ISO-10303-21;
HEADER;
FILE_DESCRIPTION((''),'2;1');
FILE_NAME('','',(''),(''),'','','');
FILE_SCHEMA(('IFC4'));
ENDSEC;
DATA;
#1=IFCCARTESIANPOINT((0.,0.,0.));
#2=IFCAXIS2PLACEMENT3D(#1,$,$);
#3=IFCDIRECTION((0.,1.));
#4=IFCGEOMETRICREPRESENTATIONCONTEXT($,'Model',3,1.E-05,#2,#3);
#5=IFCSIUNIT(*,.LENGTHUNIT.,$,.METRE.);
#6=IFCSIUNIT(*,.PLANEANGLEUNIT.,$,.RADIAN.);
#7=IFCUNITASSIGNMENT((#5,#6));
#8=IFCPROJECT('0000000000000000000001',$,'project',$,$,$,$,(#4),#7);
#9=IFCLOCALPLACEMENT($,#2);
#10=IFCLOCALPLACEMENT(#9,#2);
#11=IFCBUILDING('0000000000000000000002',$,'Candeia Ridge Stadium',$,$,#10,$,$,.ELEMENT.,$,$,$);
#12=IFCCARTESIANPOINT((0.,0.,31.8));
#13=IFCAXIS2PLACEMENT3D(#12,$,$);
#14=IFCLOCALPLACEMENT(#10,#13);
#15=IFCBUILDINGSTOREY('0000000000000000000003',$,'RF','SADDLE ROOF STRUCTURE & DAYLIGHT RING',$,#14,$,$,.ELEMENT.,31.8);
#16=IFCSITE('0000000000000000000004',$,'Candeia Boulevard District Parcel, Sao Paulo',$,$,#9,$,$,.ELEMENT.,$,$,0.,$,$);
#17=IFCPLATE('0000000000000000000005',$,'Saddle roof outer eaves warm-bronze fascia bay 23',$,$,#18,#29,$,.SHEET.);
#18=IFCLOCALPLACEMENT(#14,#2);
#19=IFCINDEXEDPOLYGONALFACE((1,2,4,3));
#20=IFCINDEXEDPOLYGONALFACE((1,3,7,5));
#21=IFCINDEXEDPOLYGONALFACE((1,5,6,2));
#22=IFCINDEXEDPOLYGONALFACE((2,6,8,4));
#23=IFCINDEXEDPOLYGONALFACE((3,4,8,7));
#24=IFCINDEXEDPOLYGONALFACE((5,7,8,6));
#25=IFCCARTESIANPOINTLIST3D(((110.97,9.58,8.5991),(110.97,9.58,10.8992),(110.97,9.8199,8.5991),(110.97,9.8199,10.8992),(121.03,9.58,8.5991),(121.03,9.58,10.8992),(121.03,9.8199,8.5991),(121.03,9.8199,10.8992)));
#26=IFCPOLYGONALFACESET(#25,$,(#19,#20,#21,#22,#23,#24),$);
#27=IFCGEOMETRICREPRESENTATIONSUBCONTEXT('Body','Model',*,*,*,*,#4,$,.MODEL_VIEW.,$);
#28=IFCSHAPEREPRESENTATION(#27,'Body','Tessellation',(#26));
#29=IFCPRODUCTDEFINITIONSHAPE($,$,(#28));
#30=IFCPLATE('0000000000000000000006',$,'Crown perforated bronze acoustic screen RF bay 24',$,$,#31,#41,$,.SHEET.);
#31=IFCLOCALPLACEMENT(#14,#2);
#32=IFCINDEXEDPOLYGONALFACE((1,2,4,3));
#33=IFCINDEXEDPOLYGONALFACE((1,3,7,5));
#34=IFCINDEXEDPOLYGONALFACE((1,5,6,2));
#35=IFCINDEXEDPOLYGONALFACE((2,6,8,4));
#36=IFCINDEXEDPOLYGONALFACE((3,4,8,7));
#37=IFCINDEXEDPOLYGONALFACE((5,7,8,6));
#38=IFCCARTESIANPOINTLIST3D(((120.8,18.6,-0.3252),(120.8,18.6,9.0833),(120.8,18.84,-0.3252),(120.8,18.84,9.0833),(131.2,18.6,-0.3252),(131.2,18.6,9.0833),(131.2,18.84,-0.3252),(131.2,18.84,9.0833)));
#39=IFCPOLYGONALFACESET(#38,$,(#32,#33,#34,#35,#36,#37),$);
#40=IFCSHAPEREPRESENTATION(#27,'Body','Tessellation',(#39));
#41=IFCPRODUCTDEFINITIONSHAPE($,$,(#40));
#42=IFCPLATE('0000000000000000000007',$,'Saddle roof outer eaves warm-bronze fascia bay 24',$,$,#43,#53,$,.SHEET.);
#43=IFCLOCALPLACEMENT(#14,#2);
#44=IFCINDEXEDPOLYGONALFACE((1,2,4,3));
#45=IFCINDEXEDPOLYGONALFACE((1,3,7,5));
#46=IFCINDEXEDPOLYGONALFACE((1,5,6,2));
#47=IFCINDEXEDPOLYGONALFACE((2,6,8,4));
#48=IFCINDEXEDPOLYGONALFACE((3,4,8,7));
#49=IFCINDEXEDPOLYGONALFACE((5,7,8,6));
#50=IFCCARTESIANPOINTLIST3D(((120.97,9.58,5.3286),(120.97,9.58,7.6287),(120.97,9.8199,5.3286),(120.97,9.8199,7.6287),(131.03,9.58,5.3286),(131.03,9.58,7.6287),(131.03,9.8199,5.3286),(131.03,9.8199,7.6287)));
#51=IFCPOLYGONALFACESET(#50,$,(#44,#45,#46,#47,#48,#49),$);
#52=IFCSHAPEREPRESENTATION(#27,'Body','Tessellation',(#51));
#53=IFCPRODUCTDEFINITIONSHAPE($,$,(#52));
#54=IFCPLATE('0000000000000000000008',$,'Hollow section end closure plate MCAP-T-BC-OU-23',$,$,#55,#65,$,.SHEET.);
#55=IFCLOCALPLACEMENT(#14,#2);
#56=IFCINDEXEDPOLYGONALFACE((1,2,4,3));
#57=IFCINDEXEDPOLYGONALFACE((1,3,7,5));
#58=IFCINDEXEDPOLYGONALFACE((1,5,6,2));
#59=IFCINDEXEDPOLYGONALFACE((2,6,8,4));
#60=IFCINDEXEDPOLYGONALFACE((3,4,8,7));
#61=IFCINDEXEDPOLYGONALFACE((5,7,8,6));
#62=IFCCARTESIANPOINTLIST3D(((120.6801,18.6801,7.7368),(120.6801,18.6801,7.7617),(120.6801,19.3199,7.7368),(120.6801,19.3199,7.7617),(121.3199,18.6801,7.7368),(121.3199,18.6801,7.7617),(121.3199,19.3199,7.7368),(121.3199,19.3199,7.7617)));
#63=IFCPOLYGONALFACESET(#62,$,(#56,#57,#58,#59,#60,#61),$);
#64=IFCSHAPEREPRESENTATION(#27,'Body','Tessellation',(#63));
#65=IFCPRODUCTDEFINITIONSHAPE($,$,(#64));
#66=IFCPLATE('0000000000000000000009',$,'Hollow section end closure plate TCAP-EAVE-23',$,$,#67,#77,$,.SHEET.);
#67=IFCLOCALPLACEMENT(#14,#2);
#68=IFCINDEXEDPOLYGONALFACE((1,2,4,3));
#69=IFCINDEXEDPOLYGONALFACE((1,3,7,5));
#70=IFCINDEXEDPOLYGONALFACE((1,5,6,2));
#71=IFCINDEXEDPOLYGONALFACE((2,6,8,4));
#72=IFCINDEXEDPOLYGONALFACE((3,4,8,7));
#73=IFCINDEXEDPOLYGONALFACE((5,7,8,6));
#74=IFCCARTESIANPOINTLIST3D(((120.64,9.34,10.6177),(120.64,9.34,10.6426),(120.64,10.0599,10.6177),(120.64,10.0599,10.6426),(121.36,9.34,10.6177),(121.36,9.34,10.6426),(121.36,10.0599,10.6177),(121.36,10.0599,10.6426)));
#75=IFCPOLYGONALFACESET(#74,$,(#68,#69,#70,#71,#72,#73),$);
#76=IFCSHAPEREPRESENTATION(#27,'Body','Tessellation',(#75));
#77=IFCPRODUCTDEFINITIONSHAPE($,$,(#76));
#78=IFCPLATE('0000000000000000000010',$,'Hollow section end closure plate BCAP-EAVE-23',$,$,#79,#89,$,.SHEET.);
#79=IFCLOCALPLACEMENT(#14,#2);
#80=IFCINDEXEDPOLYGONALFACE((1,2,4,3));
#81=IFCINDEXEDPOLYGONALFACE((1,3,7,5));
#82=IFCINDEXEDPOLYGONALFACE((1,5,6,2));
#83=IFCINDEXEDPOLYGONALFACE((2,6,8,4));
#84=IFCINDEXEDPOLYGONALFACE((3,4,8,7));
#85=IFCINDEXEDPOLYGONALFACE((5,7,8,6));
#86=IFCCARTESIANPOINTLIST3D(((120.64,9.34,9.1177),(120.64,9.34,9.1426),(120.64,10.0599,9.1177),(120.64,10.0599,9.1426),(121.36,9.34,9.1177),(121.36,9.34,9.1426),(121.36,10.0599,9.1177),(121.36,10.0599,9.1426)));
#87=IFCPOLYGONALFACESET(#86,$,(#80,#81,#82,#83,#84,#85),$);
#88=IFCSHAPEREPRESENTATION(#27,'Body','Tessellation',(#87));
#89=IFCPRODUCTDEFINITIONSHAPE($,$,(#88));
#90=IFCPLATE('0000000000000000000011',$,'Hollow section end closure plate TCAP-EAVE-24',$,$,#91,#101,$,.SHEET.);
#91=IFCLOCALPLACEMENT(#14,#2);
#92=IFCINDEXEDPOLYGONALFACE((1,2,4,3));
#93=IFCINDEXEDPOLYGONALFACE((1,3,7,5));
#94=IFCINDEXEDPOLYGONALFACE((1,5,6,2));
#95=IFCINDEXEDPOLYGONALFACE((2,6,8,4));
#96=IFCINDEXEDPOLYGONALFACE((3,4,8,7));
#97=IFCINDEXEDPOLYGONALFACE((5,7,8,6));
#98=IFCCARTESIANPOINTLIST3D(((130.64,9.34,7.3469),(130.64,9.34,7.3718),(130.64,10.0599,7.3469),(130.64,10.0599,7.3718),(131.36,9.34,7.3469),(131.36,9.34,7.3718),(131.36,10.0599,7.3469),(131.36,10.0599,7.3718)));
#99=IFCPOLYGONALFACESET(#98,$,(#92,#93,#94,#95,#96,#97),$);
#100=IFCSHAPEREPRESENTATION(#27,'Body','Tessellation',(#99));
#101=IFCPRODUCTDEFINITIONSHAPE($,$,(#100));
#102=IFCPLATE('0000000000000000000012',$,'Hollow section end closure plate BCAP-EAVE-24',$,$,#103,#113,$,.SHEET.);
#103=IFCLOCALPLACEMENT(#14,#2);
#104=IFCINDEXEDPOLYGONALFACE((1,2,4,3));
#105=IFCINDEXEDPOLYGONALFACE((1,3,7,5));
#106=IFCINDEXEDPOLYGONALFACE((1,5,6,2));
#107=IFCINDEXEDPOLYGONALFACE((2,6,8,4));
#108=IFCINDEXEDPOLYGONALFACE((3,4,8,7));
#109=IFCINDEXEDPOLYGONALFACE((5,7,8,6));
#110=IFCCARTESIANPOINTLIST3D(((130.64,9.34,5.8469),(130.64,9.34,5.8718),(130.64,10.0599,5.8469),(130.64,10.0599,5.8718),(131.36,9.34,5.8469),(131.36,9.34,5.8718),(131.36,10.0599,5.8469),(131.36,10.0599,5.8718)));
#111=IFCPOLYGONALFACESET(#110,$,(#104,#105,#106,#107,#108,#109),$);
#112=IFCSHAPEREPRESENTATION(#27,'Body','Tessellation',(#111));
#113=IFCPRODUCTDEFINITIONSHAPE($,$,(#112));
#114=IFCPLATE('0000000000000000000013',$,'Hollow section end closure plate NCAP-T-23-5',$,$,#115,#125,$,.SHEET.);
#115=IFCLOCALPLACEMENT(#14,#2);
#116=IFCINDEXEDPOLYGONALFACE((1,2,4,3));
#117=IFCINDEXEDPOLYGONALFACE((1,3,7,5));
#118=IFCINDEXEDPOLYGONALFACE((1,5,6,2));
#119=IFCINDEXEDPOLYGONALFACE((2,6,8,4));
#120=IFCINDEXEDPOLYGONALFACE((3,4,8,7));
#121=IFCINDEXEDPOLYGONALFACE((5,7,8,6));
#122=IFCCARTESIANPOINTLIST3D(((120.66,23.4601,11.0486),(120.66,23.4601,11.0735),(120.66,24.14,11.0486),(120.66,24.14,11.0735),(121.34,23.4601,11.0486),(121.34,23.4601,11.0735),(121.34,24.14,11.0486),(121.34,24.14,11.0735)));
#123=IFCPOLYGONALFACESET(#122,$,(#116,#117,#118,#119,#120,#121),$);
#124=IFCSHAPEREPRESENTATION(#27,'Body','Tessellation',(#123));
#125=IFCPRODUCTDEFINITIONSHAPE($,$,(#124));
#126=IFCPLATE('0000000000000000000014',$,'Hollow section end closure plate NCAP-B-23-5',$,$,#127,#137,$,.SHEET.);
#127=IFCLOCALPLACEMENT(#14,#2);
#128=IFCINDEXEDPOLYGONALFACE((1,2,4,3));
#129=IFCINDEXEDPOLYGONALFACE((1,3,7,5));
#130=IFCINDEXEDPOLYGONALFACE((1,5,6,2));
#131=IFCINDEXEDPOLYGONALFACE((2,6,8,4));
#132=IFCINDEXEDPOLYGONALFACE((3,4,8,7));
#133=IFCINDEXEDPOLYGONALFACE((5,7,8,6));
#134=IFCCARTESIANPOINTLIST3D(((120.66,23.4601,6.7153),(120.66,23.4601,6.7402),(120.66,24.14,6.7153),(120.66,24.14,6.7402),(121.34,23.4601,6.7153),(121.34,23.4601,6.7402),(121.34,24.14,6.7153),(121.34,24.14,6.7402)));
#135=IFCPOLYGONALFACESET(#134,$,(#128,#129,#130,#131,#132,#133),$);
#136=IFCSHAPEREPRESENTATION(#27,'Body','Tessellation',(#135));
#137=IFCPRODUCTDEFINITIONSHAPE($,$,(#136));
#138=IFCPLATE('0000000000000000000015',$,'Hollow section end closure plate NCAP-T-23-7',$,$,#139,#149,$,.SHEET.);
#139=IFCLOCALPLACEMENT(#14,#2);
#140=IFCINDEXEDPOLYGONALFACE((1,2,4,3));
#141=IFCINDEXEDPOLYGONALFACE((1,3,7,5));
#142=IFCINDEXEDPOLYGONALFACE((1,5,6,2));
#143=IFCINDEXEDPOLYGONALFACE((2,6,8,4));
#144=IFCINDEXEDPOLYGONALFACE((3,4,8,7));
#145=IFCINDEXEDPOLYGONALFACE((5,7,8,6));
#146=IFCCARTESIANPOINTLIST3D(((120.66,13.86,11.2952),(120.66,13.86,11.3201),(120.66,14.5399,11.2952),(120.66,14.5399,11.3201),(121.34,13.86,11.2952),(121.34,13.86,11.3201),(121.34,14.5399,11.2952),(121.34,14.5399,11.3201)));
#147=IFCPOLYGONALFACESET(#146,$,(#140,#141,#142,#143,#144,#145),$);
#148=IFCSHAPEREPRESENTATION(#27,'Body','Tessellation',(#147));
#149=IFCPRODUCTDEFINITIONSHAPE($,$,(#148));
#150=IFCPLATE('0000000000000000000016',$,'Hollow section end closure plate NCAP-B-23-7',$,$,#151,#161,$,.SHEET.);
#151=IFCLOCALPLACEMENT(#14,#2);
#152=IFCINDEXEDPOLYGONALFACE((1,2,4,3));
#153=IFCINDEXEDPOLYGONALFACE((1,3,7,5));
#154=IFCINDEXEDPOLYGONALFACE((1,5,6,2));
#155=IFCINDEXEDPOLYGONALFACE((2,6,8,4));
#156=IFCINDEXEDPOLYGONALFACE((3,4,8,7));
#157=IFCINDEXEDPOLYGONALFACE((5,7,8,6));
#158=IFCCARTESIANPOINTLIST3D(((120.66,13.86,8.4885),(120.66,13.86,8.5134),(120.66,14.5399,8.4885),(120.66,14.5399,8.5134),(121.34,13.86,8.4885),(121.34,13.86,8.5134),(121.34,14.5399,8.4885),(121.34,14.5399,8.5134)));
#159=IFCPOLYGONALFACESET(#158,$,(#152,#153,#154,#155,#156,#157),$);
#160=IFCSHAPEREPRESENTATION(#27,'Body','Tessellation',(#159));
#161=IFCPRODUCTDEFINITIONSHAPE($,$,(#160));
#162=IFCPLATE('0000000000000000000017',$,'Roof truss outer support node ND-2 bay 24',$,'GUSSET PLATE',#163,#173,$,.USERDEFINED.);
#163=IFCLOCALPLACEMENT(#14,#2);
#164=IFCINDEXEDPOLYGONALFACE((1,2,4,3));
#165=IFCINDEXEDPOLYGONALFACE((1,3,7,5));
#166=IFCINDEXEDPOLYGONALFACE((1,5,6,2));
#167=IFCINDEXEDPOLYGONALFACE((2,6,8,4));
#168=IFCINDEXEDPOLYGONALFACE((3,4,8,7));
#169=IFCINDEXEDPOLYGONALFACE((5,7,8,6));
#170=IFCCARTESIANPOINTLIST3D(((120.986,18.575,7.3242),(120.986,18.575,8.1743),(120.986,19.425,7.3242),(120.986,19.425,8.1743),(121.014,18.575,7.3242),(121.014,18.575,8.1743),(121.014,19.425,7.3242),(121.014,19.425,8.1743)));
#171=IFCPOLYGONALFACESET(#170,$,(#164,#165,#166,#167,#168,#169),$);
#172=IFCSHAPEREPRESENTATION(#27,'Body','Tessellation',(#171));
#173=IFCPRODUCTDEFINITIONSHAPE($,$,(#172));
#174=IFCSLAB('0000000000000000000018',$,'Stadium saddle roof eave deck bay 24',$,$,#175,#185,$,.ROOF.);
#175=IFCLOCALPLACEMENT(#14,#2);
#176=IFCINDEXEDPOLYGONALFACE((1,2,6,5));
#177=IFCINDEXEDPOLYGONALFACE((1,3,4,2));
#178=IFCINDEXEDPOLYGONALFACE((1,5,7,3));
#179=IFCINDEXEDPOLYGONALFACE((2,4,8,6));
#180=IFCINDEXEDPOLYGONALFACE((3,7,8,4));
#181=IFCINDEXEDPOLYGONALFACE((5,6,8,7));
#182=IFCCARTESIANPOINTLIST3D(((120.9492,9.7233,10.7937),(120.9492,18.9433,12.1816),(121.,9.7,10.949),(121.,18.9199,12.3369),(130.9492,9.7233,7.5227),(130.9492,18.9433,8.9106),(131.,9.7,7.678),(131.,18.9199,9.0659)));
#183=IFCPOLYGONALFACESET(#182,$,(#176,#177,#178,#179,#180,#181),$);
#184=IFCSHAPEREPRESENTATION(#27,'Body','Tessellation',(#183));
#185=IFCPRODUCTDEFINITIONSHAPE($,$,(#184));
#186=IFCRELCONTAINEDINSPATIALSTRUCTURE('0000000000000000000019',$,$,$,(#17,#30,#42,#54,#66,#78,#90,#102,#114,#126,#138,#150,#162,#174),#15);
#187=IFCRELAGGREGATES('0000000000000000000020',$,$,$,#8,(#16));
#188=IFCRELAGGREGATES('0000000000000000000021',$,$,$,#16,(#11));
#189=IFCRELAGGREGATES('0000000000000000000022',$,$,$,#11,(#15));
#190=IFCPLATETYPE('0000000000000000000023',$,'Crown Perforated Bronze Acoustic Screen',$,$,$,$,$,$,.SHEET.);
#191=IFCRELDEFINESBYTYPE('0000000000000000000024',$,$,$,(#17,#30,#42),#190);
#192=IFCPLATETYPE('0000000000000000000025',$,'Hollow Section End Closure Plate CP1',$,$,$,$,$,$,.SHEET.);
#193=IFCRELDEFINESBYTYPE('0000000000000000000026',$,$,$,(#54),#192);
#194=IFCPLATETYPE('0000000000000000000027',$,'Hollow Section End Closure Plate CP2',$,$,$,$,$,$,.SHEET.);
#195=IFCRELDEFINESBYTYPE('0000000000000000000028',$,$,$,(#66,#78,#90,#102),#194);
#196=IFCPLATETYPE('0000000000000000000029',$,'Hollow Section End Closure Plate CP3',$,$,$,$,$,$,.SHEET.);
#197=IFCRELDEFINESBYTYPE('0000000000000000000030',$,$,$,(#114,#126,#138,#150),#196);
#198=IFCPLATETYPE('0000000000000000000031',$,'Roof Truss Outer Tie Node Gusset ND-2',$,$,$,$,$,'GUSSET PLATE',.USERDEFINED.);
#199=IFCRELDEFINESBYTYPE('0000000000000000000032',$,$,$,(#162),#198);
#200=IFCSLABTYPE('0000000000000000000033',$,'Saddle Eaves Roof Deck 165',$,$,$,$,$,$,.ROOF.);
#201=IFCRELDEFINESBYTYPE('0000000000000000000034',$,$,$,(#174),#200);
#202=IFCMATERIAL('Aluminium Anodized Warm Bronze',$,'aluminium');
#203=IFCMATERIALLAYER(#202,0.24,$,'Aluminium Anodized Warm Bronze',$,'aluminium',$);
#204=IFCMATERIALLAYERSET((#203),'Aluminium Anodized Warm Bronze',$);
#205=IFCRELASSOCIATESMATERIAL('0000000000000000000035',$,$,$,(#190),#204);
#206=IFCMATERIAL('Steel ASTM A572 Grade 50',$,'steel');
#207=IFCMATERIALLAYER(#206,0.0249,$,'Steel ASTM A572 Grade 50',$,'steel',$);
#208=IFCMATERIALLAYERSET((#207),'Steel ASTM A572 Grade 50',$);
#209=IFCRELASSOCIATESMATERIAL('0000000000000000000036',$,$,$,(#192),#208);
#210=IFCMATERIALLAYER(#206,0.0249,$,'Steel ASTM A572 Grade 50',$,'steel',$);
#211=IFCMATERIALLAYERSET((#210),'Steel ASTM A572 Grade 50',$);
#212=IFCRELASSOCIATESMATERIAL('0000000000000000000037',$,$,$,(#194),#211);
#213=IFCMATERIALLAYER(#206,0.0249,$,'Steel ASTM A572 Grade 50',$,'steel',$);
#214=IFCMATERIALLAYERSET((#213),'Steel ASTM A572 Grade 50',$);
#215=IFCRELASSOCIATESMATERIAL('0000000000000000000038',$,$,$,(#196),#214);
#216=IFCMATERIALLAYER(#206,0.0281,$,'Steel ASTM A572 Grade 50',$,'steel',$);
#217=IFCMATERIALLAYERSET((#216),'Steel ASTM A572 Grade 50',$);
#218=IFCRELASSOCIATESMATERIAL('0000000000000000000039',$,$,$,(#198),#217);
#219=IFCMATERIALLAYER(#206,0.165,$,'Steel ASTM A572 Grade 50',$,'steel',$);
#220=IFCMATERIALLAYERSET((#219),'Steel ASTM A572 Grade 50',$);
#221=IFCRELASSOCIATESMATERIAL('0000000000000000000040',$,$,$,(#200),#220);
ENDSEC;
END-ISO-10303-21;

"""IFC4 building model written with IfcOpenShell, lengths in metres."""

from ifc_helpers import new_model, si_unit, direction, frame, origin, origin_2d, place, context, subcontext, project, spatial, polyline, rectangle, outline, extrude, material, layer, layer_set, type_object, element, save


model = new_model("IFC4")

# Units and contexts
model_context = context("Model", 3, precision=1e-05, world=origin(), true_north=direction((0.0, 1.0)))
body_context = subcontext(model_context, "Body", "Model", "MODEL_VIEW")
ifc_project = project(units=[si_unit("LENGTHUNIT", "METRE"), si_unit("PLANEANGLEUNIT", "RADIAN")], contexts=[model_context])

# Site, building, storey
site_placement = place(None, origin())
site = spatial("IfcSite", under=ifc_project, at=site_placement, Name="Candeia Boulevard District Parcel, Sao Paulo", CompositionType="ELEMENT", RefElevation=0.0)
building_placement = place(site_placement, origin())
building = spatial("IfcBuilding", under=site, at=building_placement, Name="Candeia Ridge Stadium", CompositionType="ELEMENT")
storey_placement = place(building_placement, frame((0.0, 0.0, 31.8)))
storey = spatial("IfcBuildingStorey", under=building, at=storey_placement, Name="RF", Description="SADDLE ROOF STRUCTURE & DAYLIGHT RING", CompositionType="ELEMENT", Elevation=31.8)

# Shared definitions
ifc_material_1 = material(Name="Steel ASTM A572 Grade 50", Category="steel")

# Plates
ifc_material_2 = material(Name="Aluminium Anodized Warm Bronze", Category="aluminium")
ifc_layer_1 = layer(ifc_material_2, 0.24, Name="Aluminium Anodized Warm Bronze", Category="aluminium")
ifc_layer_set_1 = layer_set([ifc_layer_1], Name="Aluminium Anodized Warm Bronze")
plate_type_1 = type_object("IfcPlateType", Name="Crown Perforated Bronze Acoustic Screen", PredefinedType="SHEET", material=ifc_layer_set_1)
plate_1_placement = place(storey_placement, frame((116.0, 9.7, 8.5991), z_axis=(0.0, 0.0, 1.0), x_axis=(1.0, 0.0, 0.0)))
element("IfcPlate", 1, at=plate_1_placement, inside=storey, type_object=plate_type_1, Name="Saddle roof outer eaves warm-bronze fascia bay 23", PredefinedType="SHEET", context=body_context, shape_type="SweptSolid", body=[
    extrude(rectangle(XDim=10.0601, YDim=0.24, at=origin_2d()), origin(), (0.0, 0.0, 1.0), 2.3),
])
plate_2_placement = place(storey_placement, frame((126.0, 18.72, -0.3252), z_axis=(0.0, 0.0, 1.0), x_axis=(1.0, 0.0, 0.0)))
element("IfcPlate", 2, at=plate_2_placement, inside=storey, type_object=plate_type_1, Name="Crown perforated bronze acoustic screen RF bay 24", PredefinedType="SHEET", context=body_context, shape_type="SweptSolid", body=[
    extrude(rectangle(XDim=10.3999, YDim=0.24, at=origin_2d()), origin(), (0.0, 0.0, 1.0), 9.4084),
])
plate_3_placement = place(storey_placement, frame((126.0, 9.7, 5.3286), z_axis=(0.0, 0.0, 1.0), x_axis=(1.0, 0.0, 0.0)))
element("IfcPlate", 3, at=plate_3_placement, inside=storey, type_object=plate_type_1, Name="Saddle roof outer eaves warm-bronze fascia bay 24", PredefinedType="SHEET", context=body_context, shape_type="SweptSolid", body=[
    extrude(rectangle(XDim=10.0601, YDim=0.24, at=origin_2d()), origin(), (0.0, 0.0, 1.0), 2.3),
])
ifc_layer_2 = layer(ifc_material_1, 0.0249, Name="Steel ASTM A572 Grade 50", Category="steel")
ifc_layer_set_2 = layer_set([ifc_layer_2], Name="Steel ASTM A572 Grade 50")
plate_type_2 = type_object("IfcPlateType", Name="Hollow Section End Closure Plate CP1", PredefinedType="SHEET", material=ifc_layer_set_2)
plate_4_placement = place(storey_placement, frame((121.0, 19.0, 7.7368), z_axis=(0.0, 0.0, 1.0), x_axis=(1.0, 0.0, 0.0)))
element("IfcPlate", 4, at=plate_4_placement, inside=storey, type_object=plate_type_2, Name="Hollow section end closure plate MCAP-T-BC-OU-23", PredefinedType="SHEET", context=body_context, shape_type="SweptSolid", body=[
    extrude(rectangle(XDim=0.6399, YDim=0.6399, at=origin_2d()), origin(), (0.0, 0.0, 1.0), 0.0249),
])
ifc_layer_3 = layer(ifc_material_1, 0.0249, Name="Steel ASTM A572 Grade 50", Category="steel")
ifc_layer_set_3 = layer_set([ifc_layer_3], Name="Steel ASTM A572 Grade 50")
plate_type_3 = type_object("IfcPlateType", Name="Hollow Section End Closure Plate CP2", PredefinedType="SHEET", material=ifc_layer_set_3)
for number, where, z_axis, x_axis, name in (
    (5, (121.0, 9.7, 10.6177), (0.0, 0.0, 1.0), (1.0, 0.0, 0.0), "Hollow section end closure plate TCAP-EAVE-23"),
    (6, (121.0, 9.7, 9.1177), (0.0, 0.0, 1.0), (1.0, 0.0, 0.0), "Hollow section end closure plate BCAP-EAVE-23"),
    (7, (131.0, 9.7, 7.3469), (0.0, 0.0, 1.0), (1.0, 0.0, 0.0), "Hollow section end closure plate TCAP-EAVE-24"),
    (8, (131.0, 9.7, 5.8469), (0.0, 0.0, 1.0), (1.0, 0.0, 0.0), "Hollow section end closure plate BCAP-EAVE-24"),
):
    element("IfcPlate", number, at=place(storey_placement, frame(where, z_axis=z_axis, x_axis=x_axis)), inside=storey, type_object=plate_type_3, Name=name, PredefinedType="SHEET", context=body_context, shape_type="SweptSolid", body=[
        extrude(rectangle(XDim=0.72, YDim=0.72, at=origin_2d()), origin(), (0.0, 0.0, 1.0), 0.0249),
    ])
ifc_layer_4 = layer(ifc_material_1, 0.0249, Name="Steel ASTM A572 Grade 50", Category="steel")
ifc_layer_set_4 = layer_set([ifc_layer_4], Name="Steel ASTM A572 Grade 50")
plate_type_4 = type_object("IfcPlateType", Name="Hollow Section End Closure Plate CP3", PredefinedType="SHEET", material=ifc_layer_set_4)
for number, where, z_axis, x_axis, name in (
    (9, (121.0, 23.8, 11.0486), (0.0, 0.0, 1.0), (1.0, 0.0, 0.0), "Hollow section end closure plate NCAP-T-23-5"),
    (10, (121.0, 23.8, 6.7153), (0.0, 0.0, 1.0), (1.0, 0.0, 0.0), "Hollow section end closure plate NCAP-B-23-5"),
    (11, (121.0, 14.2, 11.2952), (0.0, 0.0, 1.0), (1.0, 0.0, 0.0), "Hollow section end closure plate NCAP-T-23-7"),
    (12, (121.0, 14.2, 8.4885), (0.0, 0.0, 1.0), (1.0, 0.0, 0.0), "Hollow section end closure plate NCAP-B-23-7"),
):
    element("IfcPlate", number, at=place(storey_placement, frame(where, z_axis=z_axis, x_axis=x_axis)), inside=storey, type_object=plate_type_4, Name=name, PredefinedType="SHEET", context=body_context, shape_type="SweptSolid", body=[
        extrude(rectangle(XDim=0.6799, YDim=0.6799, at=origin_2d()), origin(), (0.0, 0.0, 1.0), 0.0249),
    ])
ifc_layer_5 = layer(ifc_material_1, 0.0281, Name="Steel ASTM A572 Grade 50", Category="steel")
ifc_layer_set_5 = layer_set([ifc_layer_5], Name="Steel ASTM A572 Grade 50")
plate_type_5 = type_object("IfcPlateType", Name="Roof Truss Outer Tie Node Gusset ND-2", ElementType="GUSSET PLATE", PredefinedType="USERDEFINED", material=ifc_layer_set_5)
plate_5_placement = place(storey_placement, frame((121.0, 19.0, 7.3242), z_axis=(0.0, 0.0, 1.0), x_axis=(0.0, -1.0, 0.0)))
element("IfcPlate", 13, at=plate_5_placement, inside=storey, type_object=plate_type_5, Name="Roof truss outer support node ND-2 bay 24", ObjectType="GUSSET PLATE", PredefinedType="USERDEFINED", context=body_context, shape_type="SweptSolid", body=[
    extrude(rectangle(XDim=0.8501, YDim=0.0281, at=origin_2d()), origin(), (0.0, 0.0, 1.0), 0.8501),
])

# Slab
ifc_layer_6 = layer(ifc_material_1, 0.165, Name="Steel ASTM A572 Grade 50", Category="steel")
ifc_layer_set_6 = layer_set([ifc_layer_6], Name="Steel ASTM A572 Grade 50")
slab_type = type_object("IfcSlabType", Name="Saddle Eaves Roof Deck 165", PredefinedType="ROOF", material=ifc_layer_set_6)
slab_placement = place(storey_placement, frame((121.0, 18.9199, 12.3369), z_axis=(0.307756, -0.141634, 0.940864), x_axis=(0.950446, 0.0, -0.31089)))
element("IfcSlab", 14, at=slab_placement, inside=storey, type_object=slab_type, Name="Stadium saddle roof eave deck bay 24", PredefinedType="ROOF", context=body_context, shape_type="SweptSolid", body=[
    extrude(outline(polyline([(0.0, 0.0), (10.5214, 0.0), (10.9529, -9.3139), (0.4315, -9.3139), (0.0, 0.0)])), origin(), (0.0, 0.0, -1.0), 0.165),
])

save(model, "model.ifc")
